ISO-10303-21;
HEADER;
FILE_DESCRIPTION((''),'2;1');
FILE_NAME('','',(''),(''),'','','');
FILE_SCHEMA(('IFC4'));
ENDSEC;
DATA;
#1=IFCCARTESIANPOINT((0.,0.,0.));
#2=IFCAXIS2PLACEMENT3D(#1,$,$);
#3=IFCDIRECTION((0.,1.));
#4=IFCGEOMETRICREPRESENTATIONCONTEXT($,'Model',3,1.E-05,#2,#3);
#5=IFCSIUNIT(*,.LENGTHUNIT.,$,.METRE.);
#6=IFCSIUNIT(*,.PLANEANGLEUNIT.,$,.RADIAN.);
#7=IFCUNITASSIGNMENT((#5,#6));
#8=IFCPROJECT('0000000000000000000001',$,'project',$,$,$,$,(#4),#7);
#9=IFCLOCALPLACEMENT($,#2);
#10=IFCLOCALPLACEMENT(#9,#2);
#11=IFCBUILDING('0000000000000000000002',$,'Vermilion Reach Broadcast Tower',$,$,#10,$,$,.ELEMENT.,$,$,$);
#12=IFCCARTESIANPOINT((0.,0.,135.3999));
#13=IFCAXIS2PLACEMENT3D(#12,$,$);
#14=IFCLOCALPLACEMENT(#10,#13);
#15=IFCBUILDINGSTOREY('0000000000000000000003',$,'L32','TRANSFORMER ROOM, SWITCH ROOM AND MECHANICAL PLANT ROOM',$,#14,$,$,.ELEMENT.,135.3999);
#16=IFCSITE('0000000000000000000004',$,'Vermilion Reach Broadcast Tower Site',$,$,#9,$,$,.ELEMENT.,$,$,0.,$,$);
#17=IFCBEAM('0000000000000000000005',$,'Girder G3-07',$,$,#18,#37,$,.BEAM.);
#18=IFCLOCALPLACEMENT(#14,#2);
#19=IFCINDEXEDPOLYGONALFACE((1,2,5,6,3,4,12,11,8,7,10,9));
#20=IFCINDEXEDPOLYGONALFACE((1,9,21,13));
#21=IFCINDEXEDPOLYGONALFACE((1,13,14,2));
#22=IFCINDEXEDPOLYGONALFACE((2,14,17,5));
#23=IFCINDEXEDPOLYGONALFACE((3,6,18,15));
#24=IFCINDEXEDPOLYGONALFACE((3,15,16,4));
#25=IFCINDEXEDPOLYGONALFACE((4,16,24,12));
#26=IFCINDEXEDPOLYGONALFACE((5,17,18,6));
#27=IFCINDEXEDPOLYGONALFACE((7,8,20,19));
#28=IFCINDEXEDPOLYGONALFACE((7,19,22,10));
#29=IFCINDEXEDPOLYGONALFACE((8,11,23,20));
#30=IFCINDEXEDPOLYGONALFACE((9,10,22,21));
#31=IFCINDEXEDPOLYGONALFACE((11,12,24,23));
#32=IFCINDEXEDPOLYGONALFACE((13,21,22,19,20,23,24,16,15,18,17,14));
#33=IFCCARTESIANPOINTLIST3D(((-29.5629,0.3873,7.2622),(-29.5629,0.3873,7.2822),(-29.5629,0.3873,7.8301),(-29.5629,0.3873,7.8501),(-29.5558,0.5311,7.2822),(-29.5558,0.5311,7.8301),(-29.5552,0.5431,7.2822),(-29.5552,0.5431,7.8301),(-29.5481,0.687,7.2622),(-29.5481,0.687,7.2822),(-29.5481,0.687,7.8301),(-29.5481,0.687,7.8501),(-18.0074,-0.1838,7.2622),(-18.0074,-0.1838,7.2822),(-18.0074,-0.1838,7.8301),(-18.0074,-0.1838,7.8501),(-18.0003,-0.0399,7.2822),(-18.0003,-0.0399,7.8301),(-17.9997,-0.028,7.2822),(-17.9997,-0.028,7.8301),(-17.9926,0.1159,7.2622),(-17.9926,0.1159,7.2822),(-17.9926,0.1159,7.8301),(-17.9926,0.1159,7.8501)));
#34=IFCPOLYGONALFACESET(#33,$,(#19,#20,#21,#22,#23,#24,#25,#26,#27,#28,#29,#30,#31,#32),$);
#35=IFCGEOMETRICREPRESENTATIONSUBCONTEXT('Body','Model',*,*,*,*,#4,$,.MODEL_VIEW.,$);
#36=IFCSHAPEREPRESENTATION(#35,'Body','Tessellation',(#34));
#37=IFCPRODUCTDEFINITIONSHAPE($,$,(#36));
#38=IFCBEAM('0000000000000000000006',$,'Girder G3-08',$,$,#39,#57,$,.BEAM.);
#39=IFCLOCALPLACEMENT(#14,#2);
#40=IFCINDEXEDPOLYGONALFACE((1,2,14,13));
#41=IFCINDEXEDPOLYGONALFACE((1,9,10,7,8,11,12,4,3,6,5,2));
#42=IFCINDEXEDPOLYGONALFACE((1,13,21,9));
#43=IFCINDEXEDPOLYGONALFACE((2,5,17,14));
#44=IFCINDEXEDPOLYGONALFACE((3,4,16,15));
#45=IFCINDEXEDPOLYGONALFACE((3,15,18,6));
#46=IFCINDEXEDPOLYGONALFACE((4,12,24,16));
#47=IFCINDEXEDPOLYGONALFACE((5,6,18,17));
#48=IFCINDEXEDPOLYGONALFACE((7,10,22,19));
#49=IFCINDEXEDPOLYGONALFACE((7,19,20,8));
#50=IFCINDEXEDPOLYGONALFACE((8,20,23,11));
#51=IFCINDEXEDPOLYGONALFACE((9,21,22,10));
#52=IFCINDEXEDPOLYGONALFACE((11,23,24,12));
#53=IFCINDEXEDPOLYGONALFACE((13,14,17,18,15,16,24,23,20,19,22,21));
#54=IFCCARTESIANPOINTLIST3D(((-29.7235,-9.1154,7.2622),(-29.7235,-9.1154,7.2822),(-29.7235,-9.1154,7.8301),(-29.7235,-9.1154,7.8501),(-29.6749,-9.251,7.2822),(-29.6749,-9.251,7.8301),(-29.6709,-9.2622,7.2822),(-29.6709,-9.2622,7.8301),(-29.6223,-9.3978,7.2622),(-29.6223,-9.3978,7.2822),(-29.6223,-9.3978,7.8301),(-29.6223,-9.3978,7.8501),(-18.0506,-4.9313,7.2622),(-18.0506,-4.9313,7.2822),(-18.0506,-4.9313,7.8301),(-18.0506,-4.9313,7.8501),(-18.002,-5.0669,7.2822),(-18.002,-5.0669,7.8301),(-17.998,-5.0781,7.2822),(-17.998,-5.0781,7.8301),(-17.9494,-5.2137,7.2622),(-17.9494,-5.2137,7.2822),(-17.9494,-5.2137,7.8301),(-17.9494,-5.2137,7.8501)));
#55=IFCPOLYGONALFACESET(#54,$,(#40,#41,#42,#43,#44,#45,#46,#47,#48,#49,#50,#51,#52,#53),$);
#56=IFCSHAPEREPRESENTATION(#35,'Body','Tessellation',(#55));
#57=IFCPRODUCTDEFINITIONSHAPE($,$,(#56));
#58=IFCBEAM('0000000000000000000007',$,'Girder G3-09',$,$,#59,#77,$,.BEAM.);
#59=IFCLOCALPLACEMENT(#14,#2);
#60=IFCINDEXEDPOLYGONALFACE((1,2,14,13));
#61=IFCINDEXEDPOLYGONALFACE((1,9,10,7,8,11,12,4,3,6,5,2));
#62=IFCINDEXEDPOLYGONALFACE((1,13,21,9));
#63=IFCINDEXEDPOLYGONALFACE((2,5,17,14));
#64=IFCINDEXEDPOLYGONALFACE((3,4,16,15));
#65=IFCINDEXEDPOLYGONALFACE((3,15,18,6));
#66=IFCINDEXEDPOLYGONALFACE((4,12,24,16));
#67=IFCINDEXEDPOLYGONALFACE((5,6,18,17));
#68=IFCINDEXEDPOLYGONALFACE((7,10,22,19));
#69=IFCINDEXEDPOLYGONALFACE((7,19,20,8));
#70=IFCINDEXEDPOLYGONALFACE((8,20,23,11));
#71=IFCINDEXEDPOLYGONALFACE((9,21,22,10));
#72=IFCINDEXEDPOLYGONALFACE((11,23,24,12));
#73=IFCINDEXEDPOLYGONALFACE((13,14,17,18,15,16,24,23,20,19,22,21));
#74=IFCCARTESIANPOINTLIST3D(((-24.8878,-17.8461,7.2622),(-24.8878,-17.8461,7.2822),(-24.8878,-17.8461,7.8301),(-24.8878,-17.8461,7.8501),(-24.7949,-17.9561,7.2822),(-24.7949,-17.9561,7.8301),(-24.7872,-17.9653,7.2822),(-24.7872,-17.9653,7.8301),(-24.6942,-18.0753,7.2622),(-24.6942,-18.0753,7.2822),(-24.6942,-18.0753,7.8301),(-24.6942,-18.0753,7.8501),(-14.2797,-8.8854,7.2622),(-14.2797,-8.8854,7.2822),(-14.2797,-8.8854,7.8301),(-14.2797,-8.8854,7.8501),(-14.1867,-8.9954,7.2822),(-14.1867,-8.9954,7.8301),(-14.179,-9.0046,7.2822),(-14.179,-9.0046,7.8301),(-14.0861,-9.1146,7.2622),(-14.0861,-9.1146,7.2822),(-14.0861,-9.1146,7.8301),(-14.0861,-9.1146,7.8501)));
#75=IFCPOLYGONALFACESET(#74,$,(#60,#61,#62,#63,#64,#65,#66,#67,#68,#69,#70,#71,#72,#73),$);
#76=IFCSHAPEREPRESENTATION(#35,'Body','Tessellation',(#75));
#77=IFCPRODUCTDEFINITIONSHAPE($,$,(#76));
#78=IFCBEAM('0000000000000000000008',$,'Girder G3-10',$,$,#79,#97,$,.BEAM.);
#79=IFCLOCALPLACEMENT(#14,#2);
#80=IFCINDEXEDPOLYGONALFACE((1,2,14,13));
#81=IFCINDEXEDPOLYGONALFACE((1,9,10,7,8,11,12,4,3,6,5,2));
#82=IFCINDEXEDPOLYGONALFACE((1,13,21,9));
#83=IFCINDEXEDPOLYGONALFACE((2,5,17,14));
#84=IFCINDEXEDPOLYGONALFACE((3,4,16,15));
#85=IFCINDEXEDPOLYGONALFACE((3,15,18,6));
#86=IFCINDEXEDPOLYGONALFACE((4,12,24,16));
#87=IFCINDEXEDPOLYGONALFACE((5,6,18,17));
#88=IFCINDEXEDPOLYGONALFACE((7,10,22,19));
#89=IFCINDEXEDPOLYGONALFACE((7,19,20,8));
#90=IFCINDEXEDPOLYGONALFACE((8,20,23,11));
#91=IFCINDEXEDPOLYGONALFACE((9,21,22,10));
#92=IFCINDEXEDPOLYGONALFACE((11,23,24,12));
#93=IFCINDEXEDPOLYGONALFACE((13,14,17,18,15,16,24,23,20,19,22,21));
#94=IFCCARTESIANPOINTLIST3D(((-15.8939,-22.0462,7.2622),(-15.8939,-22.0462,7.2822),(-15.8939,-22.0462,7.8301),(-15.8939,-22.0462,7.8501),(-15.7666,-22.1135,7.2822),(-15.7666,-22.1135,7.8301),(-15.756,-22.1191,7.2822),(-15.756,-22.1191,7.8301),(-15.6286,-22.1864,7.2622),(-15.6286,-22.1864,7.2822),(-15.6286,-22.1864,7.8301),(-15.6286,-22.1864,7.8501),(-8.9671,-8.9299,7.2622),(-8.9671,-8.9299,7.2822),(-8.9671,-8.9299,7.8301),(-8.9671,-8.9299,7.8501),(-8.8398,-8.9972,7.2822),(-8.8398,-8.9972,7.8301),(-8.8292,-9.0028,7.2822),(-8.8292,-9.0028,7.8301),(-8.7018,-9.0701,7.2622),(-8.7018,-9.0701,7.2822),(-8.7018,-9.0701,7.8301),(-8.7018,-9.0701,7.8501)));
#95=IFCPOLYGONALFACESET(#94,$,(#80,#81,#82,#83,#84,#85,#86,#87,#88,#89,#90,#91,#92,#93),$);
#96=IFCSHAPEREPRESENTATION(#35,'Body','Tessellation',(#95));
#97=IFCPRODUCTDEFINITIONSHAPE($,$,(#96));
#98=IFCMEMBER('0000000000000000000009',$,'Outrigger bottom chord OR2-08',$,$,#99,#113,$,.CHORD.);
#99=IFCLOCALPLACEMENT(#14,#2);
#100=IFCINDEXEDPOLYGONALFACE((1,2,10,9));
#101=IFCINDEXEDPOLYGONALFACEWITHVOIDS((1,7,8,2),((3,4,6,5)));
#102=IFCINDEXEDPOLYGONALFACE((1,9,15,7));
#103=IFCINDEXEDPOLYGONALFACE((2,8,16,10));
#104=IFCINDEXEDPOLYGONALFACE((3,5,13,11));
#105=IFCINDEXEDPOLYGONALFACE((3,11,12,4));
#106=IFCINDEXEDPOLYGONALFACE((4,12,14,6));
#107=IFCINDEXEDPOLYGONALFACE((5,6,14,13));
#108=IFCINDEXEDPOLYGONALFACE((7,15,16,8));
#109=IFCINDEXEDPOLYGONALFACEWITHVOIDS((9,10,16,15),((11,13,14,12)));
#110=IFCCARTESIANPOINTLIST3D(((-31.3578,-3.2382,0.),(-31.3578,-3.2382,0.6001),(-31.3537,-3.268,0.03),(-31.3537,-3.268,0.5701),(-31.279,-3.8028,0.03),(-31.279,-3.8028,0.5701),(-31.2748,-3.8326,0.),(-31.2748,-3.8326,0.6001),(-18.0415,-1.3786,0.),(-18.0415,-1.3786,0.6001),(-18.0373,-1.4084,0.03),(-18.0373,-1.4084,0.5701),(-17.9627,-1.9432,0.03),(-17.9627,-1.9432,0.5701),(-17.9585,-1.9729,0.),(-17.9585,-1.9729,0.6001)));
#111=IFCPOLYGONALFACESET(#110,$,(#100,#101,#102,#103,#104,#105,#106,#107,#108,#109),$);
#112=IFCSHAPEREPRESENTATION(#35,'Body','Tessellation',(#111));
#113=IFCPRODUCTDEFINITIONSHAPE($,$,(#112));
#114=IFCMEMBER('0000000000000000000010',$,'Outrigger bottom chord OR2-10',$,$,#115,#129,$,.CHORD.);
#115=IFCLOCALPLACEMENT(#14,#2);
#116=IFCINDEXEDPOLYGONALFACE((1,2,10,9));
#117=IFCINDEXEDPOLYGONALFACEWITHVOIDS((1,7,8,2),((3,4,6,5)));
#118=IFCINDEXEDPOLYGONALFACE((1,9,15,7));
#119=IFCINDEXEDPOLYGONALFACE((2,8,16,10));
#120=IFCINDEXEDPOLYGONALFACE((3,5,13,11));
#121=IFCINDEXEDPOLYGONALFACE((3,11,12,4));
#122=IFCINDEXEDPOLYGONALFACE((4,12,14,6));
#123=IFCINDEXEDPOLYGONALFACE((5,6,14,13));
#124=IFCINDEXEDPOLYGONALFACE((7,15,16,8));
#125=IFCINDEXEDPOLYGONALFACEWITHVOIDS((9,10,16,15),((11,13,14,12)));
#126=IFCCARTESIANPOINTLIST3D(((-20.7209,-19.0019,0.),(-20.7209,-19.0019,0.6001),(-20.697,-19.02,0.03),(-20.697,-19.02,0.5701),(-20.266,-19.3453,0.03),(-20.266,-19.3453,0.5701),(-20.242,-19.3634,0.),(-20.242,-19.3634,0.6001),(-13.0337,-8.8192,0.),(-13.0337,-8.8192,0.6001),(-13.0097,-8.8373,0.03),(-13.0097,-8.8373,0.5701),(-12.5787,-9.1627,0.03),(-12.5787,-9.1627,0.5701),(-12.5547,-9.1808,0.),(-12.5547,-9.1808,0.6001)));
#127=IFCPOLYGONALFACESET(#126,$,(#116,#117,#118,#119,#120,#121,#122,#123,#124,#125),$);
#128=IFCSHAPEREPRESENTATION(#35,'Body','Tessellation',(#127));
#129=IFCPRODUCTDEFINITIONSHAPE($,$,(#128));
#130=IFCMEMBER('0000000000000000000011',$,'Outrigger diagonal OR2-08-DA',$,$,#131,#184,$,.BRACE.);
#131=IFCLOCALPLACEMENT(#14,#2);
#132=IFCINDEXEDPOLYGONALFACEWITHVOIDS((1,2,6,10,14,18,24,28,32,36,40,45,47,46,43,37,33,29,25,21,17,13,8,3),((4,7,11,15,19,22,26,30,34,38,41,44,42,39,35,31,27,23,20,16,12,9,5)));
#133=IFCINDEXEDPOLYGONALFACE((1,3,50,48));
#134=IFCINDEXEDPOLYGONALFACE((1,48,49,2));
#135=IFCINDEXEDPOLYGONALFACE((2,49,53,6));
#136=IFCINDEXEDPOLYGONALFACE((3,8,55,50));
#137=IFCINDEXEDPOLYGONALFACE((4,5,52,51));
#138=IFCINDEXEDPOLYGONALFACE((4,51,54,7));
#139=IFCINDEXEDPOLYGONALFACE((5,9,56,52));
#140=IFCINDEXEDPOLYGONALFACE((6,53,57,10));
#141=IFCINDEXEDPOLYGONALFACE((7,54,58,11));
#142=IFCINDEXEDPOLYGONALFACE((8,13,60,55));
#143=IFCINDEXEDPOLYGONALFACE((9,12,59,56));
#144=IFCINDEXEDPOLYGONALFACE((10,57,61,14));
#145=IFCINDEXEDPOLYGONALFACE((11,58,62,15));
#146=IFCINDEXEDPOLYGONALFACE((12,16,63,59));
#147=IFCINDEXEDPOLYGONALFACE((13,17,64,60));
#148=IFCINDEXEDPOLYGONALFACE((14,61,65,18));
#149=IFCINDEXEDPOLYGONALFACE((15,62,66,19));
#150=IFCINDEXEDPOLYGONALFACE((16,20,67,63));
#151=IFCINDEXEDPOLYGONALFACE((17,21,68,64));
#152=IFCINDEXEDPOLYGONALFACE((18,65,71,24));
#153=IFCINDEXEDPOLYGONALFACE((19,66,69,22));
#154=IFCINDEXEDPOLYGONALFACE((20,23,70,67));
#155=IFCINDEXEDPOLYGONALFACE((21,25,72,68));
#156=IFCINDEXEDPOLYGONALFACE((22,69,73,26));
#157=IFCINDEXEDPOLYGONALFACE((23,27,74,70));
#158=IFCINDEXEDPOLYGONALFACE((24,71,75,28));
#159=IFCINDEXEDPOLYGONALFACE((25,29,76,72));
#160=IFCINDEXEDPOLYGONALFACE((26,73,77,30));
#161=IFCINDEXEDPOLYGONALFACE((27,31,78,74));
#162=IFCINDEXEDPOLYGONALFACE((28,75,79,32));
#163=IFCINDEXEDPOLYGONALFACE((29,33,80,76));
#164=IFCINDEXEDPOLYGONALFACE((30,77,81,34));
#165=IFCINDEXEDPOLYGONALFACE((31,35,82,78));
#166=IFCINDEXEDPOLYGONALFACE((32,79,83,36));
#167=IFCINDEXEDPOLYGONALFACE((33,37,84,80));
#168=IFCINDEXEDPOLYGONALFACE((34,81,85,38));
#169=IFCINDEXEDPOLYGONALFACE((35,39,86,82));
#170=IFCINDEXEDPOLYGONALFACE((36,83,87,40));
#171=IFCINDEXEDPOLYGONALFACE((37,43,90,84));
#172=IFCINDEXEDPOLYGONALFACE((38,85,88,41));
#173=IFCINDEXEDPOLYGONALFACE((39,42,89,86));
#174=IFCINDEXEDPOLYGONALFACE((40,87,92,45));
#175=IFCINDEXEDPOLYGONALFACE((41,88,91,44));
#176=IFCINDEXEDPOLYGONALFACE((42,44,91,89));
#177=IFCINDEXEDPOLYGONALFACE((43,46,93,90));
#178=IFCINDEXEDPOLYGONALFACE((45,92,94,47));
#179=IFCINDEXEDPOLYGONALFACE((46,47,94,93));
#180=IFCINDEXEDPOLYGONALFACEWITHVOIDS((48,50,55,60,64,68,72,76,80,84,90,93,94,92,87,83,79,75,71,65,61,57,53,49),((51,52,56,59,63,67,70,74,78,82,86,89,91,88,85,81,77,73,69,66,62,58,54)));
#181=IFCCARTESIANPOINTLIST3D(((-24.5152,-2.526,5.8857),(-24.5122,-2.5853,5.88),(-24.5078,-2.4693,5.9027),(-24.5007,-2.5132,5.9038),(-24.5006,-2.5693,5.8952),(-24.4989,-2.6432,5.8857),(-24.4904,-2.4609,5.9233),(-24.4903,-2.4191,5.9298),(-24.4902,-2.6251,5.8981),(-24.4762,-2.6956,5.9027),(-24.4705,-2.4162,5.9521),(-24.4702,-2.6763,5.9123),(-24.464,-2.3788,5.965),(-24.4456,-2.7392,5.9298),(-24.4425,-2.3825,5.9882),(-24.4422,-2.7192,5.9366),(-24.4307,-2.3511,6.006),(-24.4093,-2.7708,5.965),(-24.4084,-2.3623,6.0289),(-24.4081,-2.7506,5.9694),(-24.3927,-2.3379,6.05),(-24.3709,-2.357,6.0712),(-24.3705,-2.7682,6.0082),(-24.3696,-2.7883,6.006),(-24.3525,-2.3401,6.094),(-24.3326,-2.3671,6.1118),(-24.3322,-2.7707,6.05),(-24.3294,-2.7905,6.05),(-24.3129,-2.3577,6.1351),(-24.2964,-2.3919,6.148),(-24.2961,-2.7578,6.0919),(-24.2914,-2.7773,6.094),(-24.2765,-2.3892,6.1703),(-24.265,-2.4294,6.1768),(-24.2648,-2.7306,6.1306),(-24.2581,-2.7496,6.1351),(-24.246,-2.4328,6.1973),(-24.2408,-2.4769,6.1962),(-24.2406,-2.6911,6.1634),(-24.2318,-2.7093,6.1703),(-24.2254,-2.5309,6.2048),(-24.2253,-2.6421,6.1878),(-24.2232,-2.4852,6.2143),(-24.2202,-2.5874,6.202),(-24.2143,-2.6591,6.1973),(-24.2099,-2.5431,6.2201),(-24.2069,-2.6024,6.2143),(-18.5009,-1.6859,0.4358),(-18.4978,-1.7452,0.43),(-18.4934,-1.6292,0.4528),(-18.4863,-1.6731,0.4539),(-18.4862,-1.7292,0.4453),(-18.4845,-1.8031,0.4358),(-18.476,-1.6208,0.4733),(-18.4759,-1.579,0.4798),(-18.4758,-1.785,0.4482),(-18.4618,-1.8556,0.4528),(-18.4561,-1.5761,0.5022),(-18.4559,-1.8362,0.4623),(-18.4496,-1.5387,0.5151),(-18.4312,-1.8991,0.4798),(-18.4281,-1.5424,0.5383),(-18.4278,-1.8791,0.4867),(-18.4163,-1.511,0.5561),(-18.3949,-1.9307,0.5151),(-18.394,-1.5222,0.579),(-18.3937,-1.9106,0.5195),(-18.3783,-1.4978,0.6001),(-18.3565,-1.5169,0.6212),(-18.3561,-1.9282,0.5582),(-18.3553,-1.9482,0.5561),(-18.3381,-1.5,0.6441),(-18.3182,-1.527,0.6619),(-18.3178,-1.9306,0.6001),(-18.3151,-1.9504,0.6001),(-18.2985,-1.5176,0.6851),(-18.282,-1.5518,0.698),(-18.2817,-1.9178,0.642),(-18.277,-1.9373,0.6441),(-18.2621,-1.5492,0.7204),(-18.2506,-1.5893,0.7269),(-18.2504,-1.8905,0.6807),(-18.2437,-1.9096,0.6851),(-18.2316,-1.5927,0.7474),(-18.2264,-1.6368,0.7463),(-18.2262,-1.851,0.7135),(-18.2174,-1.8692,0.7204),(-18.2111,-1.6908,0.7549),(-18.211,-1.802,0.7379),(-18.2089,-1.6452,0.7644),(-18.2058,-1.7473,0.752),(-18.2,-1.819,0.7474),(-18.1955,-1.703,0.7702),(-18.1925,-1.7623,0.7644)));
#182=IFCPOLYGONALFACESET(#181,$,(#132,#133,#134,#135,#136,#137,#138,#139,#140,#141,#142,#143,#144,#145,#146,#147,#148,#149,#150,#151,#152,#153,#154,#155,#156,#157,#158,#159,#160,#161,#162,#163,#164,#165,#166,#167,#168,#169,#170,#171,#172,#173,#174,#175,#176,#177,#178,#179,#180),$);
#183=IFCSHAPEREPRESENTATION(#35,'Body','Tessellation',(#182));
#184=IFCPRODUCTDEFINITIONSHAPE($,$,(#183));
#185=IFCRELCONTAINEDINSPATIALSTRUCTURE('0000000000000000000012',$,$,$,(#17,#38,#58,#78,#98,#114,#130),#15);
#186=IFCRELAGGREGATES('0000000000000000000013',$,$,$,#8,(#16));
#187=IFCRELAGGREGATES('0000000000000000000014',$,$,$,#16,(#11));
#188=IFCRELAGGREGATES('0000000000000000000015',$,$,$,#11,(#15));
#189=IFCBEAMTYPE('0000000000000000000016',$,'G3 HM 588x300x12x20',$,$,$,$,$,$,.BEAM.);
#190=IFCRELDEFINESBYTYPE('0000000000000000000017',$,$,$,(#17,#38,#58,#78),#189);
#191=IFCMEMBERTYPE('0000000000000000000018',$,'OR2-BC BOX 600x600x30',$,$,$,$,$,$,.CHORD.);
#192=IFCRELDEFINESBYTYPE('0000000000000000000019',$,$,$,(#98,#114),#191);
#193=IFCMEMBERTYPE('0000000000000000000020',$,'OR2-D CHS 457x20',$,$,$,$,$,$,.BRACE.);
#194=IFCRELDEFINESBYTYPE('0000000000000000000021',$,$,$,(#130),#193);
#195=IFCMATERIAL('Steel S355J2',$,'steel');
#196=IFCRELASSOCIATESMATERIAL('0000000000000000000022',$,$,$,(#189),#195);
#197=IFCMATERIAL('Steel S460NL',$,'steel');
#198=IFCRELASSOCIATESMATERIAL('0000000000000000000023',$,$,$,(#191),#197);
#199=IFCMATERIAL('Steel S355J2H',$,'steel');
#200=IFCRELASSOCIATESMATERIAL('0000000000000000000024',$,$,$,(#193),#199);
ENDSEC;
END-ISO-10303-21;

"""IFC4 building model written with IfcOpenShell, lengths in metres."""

from ifc_helpers import new_model, si_unit, direction, frame, origin, origin_2d, place, context, subcontext, project, spatial, hollow_rectangle, hollow_circle, i_section, extrude, material, material_profile, profile_set, type_object, element, save


model = new_model("IFC4")

# Units and contexts
model_context = context("Model", 3, precision=1e-05, world=origin(), true_north=direction((0.0, 1.0)))
body_context = subcontext(model_context, "Body", "Model", "MODEL_VIEW")
ifc_project = project(units=[si_unit("LENGTHUNIT", "METRE"), si_unit("PLANEANGLEUNIT", "RADIAN")], contexts=[model_context])

# Site, building, storey
site_placement = place(None, origin())
site = spatial("IfcSite", under=ifc_project, at=site_placement, Name="Vermilion Reach Broadcast Tower Site", CompositionType="ELEMENT", RefElevation=0.0)
building_placement = place(site_placement, origin())
building = spatial("IfcBuilding", under=site, at=building_placement, Name="Vermilion Reach Broadcast Tower", CompositionType="ELEMENT")
storey_placement = place(building_placement, frame((0.0, 0.0, 135.3999)))
storey = spatial("IfcBuildingStorey", under=building, at=storey_placement, Name="L32", Description="TRANSFORMER ROOM, SWITCH ROOM AND MECHANICAL PLANT ROOM", CompositionType="ELEMENT", Elevation=135.3999)

# Beams
ifc_material_1 = material(Name="Steel S355J2", Category="steel")
ifc_material_profile_1 = material_profile(ifc_material_1, i_section(OverallWidth=0.3, OverallDepth=0.5879, WebThickness=0.012, FlangeThickness=0.02, at=origin_2d()), Name="S355J2 HM 588x300x12x20")
ifc_profile_set_1 = profile_set([ifc_material_profile_1], Name="Steel S355J2")
beam_type_1 = type_object("IfcBeamType", Name="G3 HM 588x300x12x20", PredefinedType="BEAM", material=ifc_profile_set_1)
beam_1_placement = place(storey_placement, frame((-18.0, -0.0339, 7.5562), z_axis=(-0.998781, 0.049358, 0.0), x_axis=(-0.049358, -0.998781, 0.0)))
element("IfcBeam", 1, at=beam_1_placement, inside=storey, type_object=beam_type_1, Name="Girder G3-07", PredefinedType="BEAM", context=body_context, shape_type="SweptSolid", body=[
    extrude(i_section(OverallWidth=0.3, OverallDepth=0.5879, WebThickness=0.012, FlangeThickness=0.02, at=origin_2d()), origin(), (0.0, 0.0, 1.0), 11.5696),
])
beam_2_placement = place(storey_placement, frame((-18.0, -5.0725, 7.5562), z_axis=(-0.941353, -0.337424, 0.0), x_axis=(0.337424, -0.941353, 0.0)))
element("IfcBeam", 2, at=beam_2_placement, inside=storey, type_object=beam_type_1, Name="Girder G3-08", PredefinedType="BEAM", context=body_context, shape_type="SweptSolid", body=[
    extrude(i_section(OverallWidth=0.3, OverallDepth=0.5879, WebThickness=0.012, FlangeThickness=0.02, at=origin_2d()), origin(), (0.0, 0.0, 1.0), 12.4001),
])
beam_3_placement = place(storey_placement, frame((-14.1829, -9.0, 7.5562), z_axis=(-0.763934, -0.645294, 0.0), x_axis=(0.645294, -0.763934, 0.0)))
element("IfcBeam", 3, at=beam_3_placement, inside=storey, type_object=beam_type_1, Name="Girder G3-09", PredefinedType="BEAM", context=body_context, shape_type="SweptSolid", body=[
    extrude(i_section(OverallWidth=0.3, OverallDepth=0.5879, WebThickness=0.012, FlangeThickness=0.02, at=origin_2d()), origin(), (0.0, 0.0, 1.0), 13.8862),
])
beam_4_placement = place(storey_placement, frame((-8.8345, -9.0, 7.5562), z_axis=(-0.466986, -0.884265, 0.0), x_axis=(0.884265, -0.466986, 0.0)))
element("IfcBeam", 4, at=beam_4_placement, inside=storey, type_object=beam_type_1, Name="Girder G3-10", PredefinedType="BEAM", context=body_context, shape_type="SweptSolid", body=[
    extrude(i_section(OverallWidth=0.3, OverallDepth=0.5879, WebThickness=0.012, FlangeThickness=0.02, at=origin_2d()), origin(), (0.0, 0.0, 1.0), 14.833),
])

# Members
ifc_material_2 = material(Name="Steel S460NL", Category="steel")
ifc_material_profile_2 = material_profile(ifc_material_2, hollow_rectangle(XDim=0.6001, YDim=0.6001, WallThickness=0.03, at=origin_2d()), Name="S460NL BOX 600x600x30")
ifc_profile_set_2 = profile_set([ifc_material_profile_2], Name="Steel S460NL")
member_type_1 = type_object("IfcMemberType", Name="OR2-BC BOX 600x600x30", PredefinedType="CHORD", material=ifc_profile_set_2)
member_1_placement = place(storey_placement, frame((-18.0, -1.6758, 0.3), z_axis=(-0.990389, -0.138307, 0.0), x_axis=(0.138307, -0.990389, 0.0)))
element("IfcMember", 5, at=member_1_placement, inside=storey, type_object=member_type_1, Name="Outrigger bottom chord OR2-08", PredefinedType="CHORD", context=body_context, shape_type="SweptSolid", body=[
    extrude(hollow_rectangle(XDim=0.6001, YDim=0.6001, WallThickness=0.03, at=origin_2d()), origin(), (0.0, 0.0, 1.0), 13.4456),
])
member_2_placement = place(storey_placement, frame((-12.7942, -9.0, 0.3), z_axis=(-0.60252, -0.798104, 0.0), x_axis=(0.798104, -0.60252, 0.0)))
element("IfcMember", 6, at=member_2_placement, inside=storey, type_object=member_type_1, Name="Outrigger bottom chord OR2-10", PredefinedType="CHORD", context=body_context, shape_type="SweptSolid", body=[
    extrude(hollow_rectangle(XDim=0.6001, YDim=0.6001, WallThickness=0.03, at=origin_2d()), origin(), (0.0, 0.0, 1.0), 12.7585),
])
ifc_material_3 = material(Name="Steel S355J2H", Category="steel")
ifc_material_profile_3 = material_profile(ifc_material_3, hollow_circle(Radius=0.2285, WallThickness=0.02, at=origin_2d()), Name="S355J2H CHS 457x20")
ifc_profile_set_3 = profile_set([ifc_material_profile_3], Name="Steel S355J2H")
member_type_2 = type_object("IfcMemberType", Name="OR2-D CHS 457x20", PredefinedType="BRACE", material=ifc_profile_set_3)
member_3_placement = place(storey_placement, frame((-18.3467, -1.7241, 0.6001), z_axis=(-0.737086, -0.102956, 0.66791), x_axis=(0.138336, -0.990385, 0.0)))
element("IfcMember", 7, at=member_3_placement, inside=storey, type_object=member_type_2, Name="Outrigger diagonal OR2-08-DA", PredefinedType="BRACE", context=body_context, shape_type="SweptSolid", body=[
    extrude(hollow_circle(Radius=0.2285, WallThickness=0.02, at=origin_2d()), origin(), (0.0, 0.0, 1.0), 8.1597),
])

save(model, "model.ifc")
